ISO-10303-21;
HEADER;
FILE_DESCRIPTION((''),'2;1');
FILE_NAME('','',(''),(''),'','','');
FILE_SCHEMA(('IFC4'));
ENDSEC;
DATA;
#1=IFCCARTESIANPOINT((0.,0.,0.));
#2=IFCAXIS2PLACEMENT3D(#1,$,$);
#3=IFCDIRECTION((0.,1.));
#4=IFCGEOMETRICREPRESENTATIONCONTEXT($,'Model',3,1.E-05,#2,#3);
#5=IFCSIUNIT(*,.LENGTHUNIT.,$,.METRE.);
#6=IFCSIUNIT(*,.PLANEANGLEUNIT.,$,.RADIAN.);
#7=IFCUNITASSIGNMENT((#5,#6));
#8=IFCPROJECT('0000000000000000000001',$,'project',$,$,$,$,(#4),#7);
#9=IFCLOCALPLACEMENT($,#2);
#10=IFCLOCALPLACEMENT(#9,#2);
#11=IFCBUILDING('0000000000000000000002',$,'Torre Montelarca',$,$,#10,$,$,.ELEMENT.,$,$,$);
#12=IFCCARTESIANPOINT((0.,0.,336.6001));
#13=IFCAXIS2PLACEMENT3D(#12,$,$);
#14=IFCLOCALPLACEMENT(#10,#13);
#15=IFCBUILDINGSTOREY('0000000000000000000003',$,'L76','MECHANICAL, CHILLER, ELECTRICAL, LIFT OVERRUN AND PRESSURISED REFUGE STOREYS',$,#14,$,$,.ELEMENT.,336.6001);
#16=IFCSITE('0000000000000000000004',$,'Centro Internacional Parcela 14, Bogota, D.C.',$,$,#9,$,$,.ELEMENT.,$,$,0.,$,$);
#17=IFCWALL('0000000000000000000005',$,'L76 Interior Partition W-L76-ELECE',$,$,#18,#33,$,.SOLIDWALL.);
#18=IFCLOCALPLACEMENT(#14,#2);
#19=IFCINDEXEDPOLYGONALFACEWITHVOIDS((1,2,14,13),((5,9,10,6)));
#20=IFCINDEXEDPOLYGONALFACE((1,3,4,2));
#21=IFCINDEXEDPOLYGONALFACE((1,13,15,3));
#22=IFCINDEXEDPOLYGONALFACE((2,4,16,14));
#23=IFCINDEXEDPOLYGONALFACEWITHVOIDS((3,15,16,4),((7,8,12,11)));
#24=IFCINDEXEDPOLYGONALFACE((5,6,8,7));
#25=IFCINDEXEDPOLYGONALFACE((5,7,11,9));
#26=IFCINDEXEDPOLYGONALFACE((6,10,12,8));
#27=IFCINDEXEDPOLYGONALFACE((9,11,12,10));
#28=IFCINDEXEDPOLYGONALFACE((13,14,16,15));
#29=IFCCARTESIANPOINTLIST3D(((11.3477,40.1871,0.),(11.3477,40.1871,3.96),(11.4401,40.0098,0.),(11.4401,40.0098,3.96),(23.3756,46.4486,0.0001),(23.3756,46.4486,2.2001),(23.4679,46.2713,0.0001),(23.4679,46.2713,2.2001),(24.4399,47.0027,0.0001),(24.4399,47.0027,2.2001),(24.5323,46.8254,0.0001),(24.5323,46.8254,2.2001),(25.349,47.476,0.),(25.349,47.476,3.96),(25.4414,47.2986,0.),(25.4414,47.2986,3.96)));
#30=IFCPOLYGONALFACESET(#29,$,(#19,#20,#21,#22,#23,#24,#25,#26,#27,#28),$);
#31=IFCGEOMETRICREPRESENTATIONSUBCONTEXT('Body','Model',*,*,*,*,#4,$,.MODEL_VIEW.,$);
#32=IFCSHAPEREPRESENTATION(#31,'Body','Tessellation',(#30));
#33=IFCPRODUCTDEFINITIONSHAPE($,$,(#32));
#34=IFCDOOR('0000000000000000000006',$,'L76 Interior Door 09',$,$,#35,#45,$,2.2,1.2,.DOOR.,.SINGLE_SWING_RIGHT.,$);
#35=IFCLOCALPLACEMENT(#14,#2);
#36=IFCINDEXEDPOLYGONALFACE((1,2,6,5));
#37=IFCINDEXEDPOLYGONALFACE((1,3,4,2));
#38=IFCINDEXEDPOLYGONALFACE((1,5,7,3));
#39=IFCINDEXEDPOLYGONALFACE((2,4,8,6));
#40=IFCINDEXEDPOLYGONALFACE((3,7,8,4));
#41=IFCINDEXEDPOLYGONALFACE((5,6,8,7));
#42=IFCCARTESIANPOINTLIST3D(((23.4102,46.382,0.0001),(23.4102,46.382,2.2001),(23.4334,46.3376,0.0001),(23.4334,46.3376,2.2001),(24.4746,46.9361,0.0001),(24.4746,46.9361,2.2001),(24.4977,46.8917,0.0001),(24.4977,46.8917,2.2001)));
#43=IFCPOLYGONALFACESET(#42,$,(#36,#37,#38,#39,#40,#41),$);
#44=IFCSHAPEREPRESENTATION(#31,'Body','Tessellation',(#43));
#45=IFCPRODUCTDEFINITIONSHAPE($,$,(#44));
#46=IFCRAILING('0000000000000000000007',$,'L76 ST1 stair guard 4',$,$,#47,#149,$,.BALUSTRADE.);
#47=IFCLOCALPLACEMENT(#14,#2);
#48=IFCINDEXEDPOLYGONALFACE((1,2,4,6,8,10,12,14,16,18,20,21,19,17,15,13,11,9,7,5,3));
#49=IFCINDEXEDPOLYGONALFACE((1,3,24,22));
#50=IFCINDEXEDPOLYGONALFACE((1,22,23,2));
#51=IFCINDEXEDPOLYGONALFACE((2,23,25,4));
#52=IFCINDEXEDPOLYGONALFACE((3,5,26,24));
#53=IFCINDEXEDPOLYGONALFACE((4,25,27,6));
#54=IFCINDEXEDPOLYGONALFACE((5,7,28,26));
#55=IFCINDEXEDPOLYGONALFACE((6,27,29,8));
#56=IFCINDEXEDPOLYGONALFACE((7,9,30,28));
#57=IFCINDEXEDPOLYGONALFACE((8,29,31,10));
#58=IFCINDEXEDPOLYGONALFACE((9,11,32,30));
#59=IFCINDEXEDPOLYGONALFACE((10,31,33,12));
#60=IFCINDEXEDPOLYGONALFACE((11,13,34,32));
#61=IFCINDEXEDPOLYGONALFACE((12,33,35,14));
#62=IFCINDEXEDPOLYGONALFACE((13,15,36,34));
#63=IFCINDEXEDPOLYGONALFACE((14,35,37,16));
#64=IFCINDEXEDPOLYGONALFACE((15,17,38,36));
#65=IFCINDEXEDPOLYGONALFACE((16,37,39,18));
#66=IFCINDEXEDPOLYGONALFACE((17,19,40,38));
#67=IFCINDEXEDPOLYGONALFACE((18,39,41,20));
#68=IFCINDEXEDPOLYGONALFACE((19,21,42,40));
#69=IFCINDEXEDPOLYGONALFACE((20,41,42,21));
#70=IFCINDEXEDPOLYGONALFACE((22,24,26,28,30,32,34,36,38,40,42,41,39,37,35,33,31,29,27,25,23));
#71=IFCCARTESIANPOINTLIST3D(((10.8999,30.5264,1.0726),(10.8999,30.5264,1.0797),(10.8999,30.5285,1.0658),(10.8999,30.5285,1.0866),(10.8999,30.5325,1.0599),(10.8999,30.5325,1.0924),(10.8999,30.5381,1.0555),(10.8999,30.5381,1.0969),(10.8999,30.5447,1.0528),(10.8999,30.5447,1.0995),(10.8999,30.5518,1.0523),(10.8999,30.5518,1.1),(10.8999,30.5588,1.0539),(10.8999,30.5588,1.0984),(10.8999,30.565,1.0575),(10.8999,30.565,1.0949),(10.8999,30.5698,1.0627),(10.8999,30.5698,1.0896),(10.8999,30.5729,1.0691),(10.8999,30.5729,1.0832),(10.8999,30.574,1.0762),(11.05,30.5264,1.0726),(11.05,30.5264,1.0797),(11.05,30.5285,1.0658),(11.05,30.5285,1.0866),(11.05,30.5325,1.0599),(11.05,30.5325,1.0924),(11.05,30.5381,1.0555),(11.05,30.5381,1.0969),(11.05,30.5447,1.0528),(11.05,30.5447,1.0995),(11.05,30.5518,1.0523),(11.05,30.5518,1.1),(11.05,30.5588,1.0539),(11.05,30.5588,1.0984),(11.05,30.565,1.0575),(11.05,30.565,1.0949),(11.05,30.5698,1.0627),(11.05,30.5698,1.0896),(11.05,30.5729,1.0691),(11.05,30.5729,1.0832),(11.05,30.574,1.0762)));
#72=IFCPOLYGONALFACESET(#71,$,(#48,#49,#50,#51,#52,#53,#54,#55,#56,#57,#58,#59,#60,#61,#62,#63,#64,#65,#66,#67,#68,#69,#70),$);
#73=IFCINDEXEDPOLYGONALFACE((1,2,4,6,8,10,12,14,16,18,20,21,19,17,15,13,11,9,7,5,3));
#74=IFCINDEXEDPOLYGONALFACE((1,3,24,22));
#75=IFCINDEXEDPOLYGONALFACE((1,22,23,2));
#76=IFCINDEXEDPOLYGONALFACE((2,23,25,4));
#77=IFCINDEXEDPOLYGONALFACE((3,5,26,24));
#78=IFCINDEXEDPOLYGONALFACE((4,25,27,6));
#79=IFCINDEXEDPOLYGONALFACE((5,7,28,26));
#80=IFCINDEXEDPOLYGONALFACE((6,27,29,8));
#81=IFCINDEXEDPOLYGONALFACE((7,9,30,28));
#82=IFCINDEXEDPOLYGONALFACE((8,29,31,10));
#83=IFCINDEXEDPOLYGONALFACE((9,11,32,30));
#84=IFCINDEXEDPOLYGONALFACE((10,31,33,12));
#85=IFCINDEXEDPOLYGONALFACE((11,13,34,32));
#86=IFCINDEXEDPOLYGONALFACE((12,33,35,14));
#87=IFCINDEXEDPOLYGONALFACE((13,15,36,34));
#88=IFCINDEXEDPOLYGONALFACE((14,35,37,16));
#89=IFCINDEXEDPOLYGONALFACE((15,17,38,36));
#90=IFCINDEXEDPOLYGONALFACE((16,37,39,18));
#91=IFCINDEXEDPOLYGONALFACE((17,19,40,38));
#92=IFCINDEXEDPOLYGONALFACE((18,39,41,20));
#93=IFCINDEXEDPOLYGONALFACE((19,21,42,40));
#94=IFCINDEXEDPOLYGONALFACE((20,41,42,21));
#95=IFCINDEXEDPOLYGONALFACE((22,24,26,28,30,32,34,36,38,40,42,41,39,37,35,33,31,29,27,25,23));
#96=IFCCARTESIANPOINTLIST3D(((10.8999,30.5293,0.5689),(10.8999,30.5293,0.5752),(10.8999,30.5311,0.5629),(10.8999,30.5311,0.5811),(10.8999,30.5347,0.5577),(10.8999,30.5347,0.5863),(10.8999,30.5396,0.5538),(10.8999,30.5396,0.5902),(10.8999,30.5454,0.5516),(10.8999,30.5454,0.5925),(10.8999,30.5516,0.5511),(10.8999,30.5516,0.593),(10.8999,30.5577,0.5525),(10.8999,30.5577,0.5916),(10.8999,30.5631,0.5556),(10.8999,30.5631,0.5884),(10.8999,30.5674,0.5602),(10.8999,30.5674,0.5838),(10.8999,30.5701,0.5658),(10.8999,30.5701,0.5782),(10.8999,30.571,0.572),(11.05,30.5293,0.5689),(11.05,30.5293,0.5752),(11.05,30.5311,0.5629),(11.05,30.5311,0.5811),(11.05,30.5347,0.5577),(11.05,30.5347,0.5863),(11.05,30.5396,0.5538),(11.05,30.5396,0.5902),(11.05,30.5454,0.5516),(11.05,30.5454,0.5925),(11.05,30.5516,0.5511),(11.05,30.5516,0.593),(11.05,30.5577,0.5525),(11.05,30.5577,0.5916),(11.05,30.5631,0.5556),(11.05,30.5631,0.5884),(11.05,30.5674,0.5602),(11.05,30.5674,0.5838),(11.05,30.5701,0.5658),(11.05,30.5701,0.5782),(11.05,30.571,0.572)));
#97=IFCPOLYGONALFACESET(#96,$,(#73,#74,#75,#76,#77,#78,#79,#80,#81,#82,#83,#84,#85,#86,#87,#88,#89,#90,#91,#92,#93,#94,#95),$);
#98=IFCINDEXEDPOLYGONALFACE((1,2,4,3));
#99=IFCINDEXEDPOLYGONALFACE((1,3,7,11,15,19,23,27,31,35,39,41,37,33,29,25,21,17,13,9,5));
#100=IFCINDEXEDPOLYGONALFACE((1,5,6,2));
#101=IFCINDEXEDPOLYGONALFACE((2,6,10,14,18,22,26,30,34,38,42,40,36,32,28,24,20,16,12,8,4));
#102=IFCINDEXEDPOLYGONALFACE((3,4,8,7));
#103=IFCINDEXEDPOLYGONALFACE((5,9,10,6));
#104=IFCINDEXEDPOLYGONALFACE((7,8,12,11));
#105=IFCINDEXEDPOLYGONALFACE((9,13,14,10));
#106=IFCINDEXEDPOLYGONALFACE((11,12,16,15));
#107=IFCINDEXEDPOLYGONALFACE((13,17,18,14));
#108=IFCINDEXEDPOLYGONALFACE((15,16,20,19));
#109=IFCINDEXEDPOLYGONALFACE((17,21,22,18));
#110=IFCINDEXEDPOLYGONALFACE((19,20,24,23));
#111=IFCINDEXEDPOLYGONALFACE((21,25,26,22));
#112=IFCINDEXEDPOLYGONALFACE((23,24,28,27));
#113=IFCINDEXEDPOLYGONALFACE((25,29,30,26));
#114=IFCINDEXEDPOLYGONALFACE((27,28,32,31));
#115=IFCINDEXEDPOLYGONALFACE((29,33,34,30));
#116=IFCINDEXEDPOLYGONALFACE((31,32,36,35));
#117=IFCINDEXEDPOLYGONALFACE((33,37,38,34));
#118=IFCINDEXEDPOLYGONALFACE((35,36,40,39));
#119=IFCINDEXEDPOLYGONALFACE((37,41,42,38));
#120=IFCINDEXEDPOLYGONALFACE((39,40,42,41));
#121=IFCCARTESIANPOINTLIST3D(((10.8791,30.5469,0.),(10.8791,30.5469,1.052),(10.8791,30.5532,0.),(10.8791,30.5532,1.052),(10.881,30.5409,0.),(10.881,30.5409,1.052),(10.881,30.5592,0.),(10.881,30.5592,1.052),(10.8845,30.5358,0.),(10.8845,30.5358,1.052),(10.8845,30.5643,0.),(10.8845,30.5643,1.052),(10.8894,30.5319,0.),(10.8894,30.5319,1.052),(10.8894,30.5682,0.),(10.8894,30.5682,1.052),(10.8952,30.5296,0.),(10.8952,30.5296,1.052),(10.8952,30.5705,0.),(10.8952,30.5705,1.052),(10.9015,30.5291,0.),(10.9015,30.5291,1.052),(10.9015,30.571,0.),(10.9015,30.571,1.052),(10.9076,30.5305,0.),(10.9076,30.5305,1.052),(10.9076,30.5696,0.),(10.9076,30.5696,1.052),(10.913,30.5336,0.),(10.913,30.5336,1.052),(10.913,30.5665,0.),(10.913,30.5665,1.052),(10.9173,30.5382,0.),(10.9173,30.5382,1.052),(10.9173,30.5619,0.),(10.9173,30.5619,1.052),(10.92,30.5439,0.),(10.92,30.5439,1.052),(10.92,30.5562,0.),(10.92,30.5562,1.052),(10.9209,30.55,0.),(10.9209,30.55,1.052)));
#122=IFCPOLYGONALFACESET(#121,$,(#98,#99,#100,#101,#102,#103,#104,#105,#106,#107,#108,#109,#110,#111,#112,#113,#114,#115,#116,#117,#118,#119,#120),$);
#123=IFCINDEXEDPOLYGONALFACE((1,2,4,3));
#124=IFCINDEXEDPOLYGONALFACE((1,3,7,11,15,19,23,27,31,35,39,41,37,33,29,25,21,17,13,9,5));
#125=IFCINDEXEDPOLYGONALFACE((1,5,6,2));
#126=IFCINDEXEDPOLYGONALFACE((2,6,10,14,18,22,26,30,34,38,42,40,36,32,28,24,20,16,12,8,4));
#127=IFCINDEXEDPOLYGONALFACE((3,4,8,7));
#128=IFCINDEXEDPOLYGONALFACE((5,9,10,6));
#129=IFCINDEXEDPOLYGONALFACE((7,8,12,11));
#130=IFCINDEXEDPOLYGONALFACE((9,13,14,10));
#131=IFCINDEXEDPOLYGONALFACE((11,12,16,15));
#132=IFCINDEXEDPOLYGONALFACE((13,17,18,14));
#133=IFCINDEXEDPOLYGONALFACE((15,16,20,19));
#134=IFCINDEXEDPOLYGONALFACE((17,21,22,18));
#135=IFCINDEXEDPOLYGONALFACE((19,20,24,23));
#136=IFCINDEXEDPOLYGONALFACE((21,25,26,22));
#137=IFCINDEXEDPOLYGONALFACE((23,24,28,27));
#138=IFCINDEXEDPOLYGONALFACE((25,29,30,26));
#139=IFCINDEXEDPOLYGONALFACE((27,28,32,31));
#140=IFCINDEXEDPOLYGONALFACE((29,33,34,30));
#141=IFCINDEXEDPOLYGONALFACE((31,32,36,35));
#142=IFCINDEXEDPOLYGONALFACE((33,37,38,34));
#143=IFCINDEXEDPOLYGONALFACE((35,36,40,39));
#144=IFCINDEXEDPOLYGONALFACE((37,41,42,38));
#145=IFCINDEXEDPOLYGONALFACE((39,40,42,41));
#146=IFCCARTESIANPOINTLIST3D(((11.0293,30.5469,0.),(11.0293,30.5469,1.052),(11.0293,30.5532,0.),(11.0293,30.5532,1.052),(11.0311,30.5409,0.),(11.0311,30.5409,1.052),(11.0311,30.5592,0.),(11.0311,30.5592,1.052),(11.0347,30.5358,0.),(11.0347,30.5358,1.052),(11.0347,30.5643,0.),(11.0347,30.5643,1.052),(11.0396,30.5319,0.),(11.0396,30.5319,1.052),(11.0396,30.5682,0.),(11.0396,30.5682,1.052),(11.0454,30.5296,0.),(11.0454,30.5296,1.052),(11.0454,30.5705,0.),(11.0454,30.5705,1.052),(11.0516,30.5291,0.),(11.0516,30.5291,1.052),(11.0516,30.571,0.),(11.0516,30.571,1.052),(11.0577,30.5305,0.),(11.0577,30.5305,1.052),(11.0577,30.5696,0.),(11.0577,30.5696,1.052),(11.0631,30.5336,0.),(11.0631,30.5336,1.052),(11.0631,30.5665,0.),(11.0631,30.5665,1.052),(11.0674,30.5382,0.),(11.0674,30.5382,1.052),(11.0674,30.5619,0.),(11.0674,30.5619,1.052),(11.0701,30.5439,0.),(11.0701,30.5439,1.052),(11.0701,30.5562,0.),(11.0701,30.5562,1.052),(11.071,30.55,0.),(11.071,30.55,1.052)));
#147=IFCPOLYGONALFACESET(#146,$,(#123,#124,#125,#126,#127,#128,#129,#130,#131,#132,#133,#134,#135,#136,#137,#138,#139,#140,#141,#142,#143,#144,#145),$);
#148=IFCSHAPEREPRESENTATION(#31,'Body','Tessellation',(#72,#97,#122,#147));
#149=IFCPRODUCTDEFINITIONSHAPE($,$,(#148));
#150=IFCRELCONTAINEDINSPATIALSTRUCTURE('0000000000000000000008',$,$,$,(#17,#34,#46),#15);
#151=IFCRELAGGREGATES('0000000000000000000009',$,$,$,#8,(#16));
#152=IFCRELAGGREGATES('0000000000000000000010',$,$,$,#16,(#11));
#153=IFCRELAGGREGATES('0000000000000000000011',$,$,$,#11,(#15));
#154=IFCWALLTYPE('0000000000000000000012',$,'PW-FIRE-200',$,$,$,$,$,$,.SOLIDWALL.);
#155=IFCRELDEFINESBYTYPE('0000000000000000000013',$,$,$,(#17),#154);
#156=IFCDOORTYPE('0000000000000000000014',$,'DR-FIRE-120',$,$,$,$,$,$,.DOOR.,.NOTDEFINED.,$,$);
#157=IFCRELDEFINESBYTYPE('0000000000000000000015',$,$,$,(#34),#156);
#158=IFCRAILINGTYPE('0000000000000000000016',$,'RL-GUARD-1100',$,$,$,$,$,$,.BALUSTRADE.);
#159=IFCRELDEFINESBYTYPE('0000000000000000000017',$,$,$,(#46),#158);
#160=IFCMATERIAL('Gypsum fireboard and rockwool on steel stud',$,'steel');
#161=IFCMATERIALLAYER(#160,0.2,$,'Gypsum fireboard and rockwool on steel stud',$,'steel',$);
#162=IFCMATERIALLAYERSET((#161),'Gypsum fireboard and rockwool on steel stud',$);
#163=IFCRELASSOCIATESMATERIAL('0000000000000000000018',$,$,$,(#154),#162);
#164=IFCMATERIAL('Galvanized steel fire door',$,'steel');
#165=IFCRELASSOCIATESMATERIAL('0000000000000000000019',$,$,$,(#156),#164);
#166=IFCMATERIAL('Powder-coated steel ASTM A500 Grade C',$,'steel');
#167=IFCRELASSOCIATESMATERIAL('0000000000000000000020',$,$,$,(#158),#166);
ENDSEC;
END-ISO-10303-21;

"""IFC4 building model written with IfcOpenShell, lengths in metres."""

from ifc_helpers import new_model, si_unit, direction, frame, frame_2d, origin, origin_2d, place, context, subcontext, project, spatial, rectangle, circle, extrude, source, transform, mapped, material, layer, layer_set, type_object, element, fill, save


model = new_model("IFC4")

# Units and contexts
model_context = context("Model", 3, precision=1e-05, world=origin(), true_north=direction((0.0, 1.0)))
body_context = subcontext(model_context, "Body", "Model", "MODEL_VIEW")
ifc_project = project(units=[si_unit("LENGTHUNIT", "METRE"), si_unit("PLANEANGLEUNIT", "RADIAN")], contexts=[model_context])

# Site, building, storey
site_placement = place(None, origin())
site = spatial("IfcSite", under=ifc_project, at=site_placement, Name="Centro Internacional Parcela 14, Bogota, D.C.", CompositionType="ELEMENT", RefElevation=0.0)
building_placement = place(site_placement, origin())
building = spatial("IfcBuilding", under=site, at=building_placement, Name="Torre Montelarca", CompositionType="ELEMENT")
storey_placement = place(building_placement, frame((0.0, 0.0, 336.6001)))
storey = spatial("IfcBuildingStorey", under=building, at=storey_placement, Name="L76", Description="MECHANICAL, CHILLER, ELECTRICAL, LIFT OVERRUN AND PRESSURISED REFUGE STOREYS", CompositionType="ELEMENT", Elevation=336.6001)

# Wall, opening, door
ifc_material_1 = material(Name="Gypsum fireboard and rockwool on steel stud", Category="steel")
ifc_layer_1 = layer(ifc_material_1, 0.2, Name="Gypsum fireboard and rockwool on steel stud", Category="steel")
ifc_layer_set_1 = layer_set([ifc_layer_1], Name="Gypsum fireboard and rockwool on steel stud")
wall_type_1 = type_object("IfcWallType", Name="PW-FIRE-200", PredefinedType="SOLIDWALL", material=ifc_layer_set_1)
wall_1_placement = place(storey_placement, frame((11.3938, 40.0984, 0.0), z_axis=(0.0, 0.0, 1.0), x_axis=(0.887004, 0.461761, 0.0)))
wall_1 = element("IfcWall", 1, at=wall_1_placement, inside=storey, type_object=wall_type_1, Name="L76 Interior Partition W-L76-ELECE", PredefinedType="SOLIDWALL", context=body_context, shape_type="SweptSolid", body=[
    extrude(rectangle(XDim=15.7849, YDim=0.2, at=frame_2d((7.8926, 0.0))), origin(), (0.0, 0.0, 1.0), 3.96),
])
opening_1_placement = place(wall_1_placement, frame((13.5601, 0.0, 0.0)))
opening_1 = element("IfcOpeningElement", 2, at=opening_1_placement, cuts=wall_1, PredefinedType="OPENING", context=body_context, shape_type="SweptSolid", body=[
    extrude(rectangle(XDim=1.2, YDim=2.2, at=frame_2d((0.6001, 1.1001))), frame((0.0, 0.1099, 0.0), z_axis=(0.0, -1.0, 0.0), x_axis=(1.0, 0.0, 0.0)), (0.0, 0.0, 1.0), 0.22),
])
ifc_material_2 = material(Name="Galvanized steel fire door", Category="steel")
door_type_1 = type_object("IfcDoorType", Name="DR-FIRE-120", OperationType="NOTDEFINED", PredefinedType="DOOR", material=ifc_material_2)
shared_shape_1 = source(origin(), body_context, "Body", "SweptSolid", [
    extrude(rectangle(XDim=1.2, YDim=2.2, at=frame_2d((0.6001, 1.1001))), frame((0.0, 0.0249, 0.0), z_axis=(0.0, -1.0, 0.0), x_axis=(1.0, 0.0, 0.0)), (0.0, 0.0, 1.0), 0.05),
])
door_1_placement = place(opening_1_placement, origin())
door_1 = element("IfcDoor", 3, at=door_1_placement, inside=storey, type_object=door_type_1, Name="L76 Interior Door 09", OperationType="SINGLE_SWING_RIGHT", OverallHeight=2.2, OverallWidth=1.2, PredefinedType="DOOR", context=body_context, shape_type="MappedRepresentation", body=[
    mapped(shared_shape_1, transform((0.0, 0.0, 0.0), scale=1.0)),
])
fill(opening_1, door_1)

# Railing
ifc_material_3 = material(Name="Powder-coated steel ASTM A500 Grade C", Category="steel")
railing_type = type_object("IfcRailingType", Name="RL-GUARD-1100", PredefinedType="BALUSTRADE", material=ifc_material_3)
railing_placement = place(storey_placement, frame((10.8999, 30.55, 0.0)))
element("IfcRailing", 4, at=railing_placement, inside=storey, type_object=railing_type, Name="L76 ST1 stair guard 4", PredefinedType="BALUSTRADE", context=body_context, shape_type="SweptSolid", body=[
    extrude(circle(Radius=0.0239, at=origin_2d()), frame((0.0, 0.0, 1.0762), z_axis=(1.0, 0.0, 0.0), x_axis=(0.0, 1.0, 0.0)), (0.0, 0.0, 1.0), 0.1501),
    extrude(circle(Radius=0.021, at=origin_2d()), frame((0.0, 0.0, 0.572), z_axis=(1.0, 0.0, 0.0), x_axis=(0.0, 1.0, 0.0)), (0.0, 0.0, 1.0), 0.1501),
    extrude(circle(Radius=0.021, at=origin_2d()), origin(), (0.0, 0.0, 1.0), 1.052),
    extrude(circle(Radius=0.021, at=origin_2d()), frame((0.1501, 0.0, 0.0)), (0.0, 0.0, 1.0), 1.052),
])

save(model, "model.ifc")
